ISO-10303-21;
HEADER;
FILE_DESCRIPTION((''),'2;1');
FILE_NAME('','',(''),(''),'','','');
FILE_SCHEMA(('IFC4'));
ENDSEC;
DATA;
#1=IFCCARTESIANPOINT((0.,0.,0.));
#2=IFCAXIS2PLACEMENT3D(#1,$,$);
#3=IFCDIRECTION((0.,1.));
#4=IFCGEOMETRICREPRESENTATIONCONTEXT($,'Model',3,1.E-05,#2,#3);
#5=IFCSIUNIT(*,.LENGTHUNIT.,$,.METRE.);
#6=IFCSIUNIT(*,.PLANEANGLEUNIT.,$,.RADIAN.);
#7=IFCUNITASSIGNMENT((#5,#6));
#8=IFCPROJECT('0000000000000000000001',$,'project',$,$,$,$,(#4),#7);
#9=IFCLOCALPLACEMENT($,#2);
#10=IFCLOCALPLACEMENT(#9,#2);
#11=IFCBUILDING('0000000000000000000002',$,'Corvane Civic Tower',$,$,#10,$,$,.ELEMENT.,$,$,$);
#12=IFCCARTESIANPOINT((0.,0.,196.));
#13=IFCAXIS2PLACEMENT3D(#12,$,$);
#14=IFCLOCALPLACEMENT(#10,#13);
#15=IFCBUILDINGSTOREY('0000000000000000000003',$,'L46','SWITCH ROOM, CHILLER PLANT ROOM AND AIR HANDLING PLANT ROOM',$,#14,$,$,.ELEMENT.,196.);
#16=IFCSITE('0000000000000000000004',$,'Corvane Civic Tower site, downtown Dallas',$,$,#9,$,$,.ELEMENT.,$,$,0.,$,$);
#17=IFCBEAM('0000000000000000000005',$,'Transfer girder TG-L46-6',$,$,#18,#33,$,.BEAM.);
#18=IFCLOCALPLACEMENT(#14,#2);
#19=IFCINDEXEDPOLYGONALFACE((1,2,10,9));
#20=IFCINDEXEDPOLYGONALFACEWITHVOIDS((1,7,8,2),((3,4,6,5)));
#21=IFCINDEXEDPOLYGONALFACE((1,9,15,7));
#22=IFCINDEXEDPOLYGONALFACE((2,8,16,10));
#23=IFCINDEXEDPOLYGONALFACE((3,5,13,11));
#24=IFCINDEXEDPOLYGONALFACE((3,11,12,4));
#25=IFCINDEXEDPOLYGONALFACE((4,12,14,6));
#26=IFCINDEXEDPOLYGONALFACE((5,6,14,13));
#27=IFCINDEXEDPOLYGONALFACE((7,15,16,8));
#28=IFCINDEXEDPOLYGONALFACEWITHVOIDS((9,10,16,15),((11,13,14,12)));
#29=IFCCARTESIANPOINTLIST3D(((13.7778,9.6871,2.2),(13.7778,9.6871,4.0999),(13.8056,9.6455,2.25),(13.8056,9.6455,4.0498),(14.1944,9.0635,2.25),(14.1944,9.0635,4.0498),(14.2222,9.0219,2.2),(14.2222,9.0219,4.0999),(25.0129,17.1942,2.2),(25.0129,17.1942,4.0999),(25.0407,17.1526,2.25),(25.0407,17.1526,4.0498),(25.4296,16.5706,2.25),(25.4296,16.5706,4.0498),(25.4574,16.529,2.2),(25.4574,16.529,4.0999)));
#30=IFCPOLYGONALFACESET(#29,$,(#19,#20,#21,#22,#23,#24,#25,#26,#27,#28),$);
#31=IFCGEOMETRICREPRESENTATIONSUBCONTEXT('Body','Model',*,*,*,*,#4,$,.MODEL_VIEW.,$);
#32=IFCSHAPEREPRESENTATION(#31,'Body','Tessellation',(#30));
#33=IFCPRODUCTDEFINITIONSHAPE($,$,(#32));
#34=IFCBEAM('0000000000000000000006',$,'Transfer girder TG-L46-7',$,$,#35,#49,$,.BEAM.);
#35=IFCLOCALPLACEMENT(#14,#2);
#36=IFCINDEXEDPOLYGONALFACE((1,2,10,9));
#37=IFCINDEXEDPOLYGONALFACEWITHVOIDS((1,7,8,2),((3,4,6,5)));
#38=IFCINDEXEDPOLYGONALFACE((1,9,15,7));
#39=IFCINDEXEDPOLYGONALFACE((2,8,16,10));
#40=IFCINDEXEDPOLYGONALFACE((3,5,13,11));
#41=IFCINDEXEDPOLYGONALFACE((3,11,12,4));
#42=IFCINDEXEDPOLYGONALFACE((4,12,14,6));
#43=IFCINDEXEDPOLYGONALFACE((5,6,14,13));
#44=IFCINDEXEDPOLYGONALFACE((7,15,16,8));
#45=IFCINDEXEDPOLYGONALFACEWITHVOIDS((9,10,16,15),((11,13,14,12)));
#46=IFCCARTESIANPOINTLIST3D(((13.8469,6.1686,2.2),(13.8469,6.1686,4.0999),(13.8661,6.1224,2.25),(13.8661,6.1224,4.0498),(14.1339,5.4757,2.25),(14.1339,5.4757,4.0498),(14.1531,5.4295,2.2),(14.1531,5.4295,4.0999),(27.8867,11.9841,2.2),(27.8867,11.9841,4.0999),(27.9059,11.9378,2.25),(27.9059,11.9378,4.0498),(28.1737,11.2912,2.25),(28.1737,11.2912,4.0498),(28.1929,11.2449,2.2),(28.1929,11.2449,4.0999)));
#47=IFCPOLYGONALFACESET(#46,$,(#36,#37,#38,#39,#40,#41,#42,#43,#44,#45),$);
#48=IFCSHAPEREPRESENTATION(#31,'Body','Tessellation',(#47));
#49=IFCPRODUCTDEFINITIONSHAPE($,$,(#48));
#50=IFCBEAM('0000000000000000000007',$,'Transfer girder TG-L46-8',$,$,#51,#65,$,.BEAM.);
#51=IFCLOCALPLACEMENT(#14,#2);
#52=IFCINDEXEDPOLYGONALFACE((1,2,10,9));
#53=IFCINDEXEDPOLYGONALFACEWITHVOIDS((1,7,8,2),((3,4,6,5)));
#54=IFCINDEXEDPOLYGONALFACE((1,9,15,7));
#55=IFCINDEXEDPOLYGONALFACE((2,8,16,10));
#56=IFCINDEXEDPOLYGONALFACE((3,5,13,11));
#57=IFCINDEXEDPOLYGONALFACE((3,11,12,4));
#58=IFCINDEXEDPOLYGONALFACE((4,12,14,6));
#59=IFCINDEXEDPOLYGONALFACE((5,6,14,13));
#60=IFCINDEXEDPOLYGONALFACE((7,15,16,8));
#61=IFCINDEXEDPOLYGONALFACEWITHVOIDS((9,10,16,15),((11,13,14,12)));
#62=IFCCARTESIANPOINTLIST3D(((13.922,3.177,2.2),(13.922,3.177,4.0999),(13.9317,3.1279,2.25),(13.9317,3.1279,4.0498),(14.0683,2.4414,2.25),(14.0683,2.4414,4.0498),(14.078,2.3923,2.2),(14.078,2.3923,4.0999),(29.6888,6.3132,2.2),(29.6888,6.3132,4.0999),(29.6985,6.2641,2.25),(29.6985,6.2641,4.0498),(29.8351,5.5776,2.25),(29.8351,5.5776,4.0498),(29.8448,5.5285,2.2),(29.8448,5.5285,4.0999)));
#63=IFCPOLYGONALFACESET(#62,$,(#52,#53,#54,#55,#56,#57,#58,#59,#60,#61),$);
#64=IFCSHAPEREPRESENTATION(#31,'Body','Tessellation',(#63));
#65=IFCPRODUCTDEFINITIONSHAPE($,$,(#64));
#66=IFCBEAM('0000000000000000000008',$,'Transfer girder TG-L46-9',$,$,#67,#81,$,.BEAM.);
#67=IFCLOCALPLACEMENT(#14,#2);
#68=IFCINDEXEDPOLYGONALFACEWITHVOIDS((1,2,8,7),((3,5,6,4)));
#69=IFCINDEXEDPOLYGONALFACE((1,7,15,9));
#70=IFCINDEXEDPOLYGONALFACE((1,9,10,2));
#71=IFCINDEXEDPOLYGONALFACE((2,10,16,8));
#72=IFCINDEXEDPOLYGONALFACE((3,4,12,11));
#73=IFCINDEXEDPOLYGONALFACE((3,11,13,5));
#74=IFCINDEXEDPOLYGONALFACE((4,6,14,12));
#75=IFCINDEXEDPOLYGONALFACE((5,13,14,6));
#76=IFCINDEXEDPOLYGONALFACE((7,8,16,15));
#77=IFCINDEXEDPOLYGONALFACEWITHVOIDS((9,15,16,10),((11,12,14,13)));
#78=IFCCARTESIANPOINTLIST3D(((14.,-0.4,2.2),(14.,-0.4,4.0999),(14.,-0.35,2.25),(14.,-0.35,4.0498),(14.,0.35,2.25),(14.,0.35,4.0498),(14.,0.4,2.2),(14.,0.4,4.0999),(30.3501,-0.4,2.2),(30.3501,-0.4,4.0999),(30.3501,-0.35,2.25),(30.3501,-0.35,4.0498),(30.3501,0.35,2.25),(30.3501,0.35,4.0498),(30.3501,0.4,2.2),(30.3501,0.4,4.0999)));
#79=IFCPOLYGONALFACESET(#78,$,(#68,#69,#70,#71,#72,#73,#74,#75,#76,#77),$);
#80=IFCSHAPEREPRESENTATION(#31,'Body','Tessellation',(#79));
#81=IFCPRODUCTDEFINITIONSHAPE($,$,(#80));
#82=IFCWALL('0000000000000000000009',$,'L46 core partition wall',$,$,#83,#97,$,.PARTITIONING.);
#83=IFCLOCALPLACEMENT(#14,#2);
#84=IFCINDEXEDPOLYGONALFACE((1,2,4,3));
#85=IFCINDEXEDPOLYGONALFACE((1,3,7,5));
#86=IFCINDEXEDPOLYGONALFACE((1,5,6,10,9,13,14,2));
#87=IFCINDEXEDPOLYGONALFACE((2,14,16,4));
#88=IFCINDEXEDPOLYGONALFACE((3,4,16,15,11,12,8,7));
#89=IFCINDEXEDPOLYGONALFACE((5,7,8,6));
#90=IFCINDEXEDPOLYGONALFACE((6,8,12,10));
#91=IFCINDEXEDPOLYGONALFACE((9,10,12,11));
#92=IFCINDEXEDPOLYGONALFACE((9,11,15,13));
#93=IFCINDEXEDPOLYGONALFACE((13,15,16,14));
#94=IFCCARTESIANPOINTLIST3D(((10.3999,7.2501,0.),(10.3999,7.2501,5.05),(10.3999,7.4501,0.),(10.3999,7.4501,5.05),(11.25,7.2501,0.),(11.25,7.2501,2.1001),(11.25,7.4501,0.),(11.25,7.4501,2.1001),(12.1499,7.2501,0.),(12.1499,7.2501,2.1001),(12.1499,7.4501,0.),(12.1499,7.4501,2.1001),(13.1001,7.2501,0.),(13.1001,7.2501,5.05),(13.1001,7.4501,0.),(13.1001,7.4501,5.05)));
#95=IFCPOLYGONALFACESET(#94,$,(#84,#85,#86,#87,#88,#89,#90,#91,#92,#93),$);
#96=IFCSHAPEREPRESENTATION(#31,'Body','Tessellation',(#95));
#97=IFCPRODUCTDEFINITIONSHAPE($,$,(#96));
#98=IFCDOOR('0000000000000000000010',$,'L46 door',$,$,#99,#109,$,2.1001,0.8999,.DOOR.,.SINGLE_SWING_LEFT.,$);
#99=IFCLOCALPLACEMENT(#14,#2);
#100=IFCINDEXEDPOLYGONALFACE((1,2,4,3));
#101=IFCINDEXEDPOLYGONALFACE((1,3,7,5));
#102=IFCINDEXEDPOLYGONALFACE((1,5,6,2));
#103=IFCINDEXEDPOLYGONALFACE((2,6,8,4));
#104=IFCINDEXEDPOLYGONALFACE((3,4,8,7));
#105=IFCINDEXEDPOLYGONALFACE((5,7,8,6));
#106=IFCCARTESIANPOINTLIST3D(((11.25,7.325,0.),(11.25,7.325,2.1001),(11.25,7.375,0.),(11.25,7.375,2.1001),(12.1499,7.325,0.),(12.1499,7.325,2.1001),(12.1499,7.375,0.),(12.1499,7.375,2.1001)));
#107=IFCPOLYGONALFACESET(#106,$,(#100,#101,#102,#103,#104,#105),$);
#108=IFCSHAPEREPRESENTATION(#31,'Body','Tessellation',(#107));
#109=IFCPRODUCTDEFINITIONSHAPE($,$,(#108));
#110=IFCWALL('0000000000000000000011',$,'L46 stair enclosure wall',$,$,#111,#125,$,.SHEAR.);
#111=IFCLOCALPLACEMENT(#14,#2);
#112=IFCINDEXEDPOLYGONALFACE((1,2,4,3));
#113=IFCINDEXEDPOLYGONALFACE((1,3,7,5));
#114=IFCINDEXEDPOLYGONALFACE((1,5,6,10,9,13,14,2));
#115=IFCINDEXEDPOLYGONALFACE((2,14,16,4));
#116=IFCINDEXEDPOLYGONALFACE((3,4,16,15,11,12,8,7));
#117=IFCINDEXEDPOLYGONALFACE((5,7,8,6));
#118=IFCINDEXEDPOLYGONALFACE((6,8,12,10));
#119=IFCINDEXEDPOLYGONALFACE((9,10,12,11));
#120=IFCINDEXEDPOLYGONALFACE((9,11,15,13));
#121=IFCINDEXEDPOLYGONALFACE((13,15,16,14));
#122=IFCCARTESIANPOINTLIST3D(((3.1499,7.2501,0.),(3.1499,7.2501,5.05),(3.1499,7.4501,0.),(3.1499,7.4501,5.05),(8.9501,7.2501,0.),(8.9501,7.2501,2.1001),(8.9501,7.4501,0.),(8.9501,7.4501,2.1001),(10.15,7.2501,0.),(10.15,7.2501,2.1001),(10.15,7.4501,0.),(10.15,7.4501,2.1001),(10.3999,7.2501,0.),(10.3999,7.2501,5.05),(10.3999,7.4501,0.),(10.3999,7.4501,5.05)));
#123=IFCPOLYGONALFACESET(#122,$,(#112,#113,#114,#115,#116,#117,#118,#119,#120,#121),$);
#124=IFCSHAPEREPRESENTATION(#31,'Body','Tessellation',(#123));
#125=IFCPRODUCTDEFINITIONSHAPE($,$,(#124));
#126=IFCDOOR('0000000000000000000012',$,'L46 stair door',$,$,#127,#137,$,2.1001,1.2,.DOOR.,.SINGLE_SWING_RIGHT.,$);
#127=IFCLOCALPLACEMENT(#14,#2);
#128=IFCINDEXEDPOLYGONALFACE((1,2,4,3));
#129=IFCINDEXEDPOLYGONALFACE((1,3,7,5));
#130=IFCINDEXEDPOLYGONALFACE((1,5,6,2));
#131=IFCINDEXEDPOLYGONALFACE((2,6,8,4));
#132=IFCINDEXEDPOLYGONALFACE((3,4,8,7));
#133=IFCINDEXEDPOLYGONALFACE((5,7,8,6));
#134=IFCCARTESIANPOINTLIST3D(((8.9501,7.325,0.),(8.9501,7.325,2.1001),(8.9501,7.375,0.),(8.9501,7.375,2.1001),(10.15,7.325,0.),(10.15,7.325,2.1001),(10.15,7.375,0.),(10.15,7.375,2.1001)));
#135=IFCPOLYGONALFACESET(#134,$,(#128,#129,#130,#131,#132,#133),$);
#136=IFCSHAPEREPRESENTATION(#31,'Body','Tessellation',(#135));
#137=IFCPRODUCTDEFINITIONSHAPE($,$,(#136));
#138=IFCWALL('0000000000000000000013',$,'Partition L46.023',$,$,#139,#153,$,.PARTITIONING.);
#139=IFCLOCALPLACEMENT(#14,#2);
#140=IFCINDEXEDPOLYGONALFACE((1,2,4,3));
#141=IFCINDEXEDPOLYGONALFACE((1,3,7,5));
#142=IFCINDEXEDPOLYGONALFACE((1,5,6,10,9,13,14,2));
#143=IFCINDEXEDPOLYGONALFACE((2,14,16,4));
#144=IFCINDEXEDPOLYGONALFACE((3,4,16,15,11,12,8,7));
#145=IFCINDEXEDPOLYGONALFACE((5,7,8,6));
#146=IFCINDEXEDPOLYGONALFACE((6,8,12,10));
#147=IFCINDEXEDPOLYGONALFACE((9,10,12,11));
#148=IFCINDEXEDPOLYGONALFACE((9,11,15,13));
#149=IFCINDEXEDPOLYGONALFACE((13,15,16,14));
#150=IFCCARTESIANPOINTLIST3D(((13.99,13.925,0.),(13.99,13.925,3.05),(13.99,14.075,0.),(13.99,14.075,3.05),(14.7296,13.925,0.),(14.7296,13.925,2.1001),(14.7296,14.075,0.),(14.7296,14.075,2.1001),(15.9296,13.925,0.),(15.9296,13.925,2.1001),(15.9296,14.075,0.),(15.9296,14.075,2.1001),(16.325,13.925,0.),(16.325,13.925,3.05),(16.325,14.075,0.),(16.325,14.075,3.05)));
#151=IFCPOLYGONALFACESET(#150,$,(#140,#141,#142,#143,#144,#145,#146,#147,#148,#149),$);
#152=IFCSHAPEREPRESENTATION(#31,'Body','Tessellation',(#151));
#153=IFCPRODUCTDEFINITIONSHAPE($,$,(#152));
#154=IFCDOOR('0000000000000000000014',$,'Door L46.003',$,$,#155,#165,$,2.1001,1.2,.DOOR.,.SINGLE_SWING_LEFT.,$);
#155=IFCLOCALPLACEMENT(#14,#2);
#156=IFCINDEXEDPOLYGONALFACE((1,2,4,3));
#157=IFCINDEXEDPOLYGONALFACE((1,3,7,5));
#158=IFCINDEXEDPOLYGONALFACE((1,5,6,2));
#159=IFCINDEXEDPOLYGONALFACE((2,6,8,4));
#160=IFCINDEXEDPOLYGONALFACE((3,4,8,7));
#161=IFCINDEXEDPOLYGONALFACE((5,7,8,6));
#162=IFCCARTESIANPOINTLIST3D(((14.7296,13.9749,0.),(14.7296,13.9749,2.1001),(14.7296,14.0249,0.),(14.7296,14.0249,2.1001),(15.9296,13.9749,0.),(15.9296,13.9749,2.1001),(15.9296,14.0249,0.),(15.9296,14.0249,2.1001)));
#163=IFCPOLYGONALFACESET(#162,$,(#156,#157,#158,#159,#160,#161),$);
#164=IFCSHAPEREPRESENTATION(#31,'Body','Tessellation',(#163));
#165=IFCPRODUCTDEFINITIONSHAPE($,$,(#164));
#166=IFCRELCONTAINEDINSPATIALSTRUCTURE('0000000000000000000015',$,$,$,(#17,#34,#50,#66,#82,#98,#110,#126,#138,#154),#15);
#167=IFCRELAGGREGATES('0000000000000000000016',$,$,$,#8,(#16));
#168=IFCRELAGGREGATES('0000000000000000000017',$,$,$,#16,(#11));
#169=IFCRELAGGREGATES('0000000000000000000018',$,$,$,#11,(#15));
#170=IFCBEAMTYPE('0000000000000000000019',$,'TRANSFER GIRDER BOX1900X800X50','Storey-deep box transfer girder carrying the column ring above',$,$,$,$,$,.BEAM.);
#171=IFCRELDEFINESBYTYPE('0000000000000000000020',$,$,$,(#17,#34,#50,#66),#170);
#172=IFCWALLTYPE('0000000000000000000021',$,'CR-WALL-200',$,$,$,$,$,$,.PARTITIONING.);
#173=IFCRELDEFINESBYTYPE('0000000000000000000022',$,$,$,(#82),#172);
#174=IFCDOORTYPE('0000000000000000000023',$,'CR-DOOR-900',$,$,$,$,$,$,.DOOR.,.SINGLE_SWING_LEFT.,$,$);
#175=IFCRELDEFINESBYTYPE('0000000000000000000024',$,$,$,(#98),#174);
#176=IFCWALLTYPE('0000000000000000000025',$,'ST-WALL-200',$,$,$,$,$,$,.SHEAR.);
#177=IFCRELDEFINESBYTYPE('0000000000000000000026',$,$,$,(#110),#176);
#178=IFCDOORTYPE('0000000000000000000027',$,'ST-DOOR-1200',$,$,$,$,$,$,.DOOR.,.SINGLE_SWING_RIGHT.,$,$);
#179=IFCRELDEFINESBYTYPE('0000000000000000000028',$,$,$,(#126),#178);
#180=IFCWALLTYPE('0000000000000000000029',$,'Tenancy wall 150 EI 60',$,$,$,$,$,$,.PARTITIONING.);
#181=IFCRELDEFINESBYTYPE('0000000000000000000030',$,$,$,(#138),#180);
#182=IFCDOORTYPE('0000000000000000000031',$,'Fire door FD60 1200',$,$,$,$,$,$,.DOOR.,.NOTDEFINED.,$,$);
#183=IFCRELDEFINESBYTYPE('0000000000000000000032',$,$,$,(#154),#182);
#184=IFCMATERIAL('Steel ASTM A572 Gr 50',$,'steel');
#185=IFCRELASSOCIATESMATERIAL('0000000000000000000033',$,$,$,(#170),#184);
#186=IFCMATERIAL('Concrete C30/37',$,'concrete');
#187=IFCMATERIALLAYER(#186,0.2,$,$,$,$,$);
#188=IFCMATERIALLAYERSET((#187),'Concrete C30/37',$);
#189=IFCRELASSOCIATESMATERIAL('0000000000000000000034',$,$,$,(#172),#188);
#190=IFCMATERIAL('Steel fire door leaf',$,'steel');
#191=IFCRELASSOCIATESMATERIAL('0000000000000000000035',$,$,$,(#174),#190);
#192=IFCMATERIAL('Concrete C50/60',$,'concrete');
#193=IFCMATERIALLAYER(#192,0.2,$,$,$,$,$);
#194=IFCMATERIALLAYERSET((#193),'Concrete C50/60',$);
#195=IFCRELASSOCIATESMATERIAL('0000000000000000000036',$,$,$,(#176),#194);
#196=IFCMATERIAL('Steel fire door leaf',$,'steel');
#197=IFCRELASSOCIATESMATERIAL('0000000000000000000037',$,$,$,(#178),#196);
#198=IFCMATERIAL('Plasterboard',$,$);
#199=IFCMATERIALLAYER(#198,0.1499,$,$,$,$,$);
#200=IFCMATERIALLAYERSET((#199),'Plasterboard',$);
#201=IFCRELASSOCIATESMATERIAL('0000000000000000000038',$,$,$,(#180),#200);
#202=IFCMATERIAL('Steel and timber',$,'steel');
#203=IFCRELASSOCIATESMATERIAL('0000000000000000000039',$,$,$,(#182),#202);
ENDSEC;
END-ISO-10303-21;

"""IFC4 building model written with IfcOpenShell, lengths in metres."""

from ifc_helpers import new_model, si_unit, direction, frame, frame_2d, origin, origin_2d, place, context, subcontext, project, spatial, rectangle, hollow_rectangle, extrude, material, layer, layer_set, material_profile, profile_set, type_object, element, fill, save


model = new_model("IFC4")

# Units and contexts
model_context = context("Model", 3, precision=1e-05, world=origin(), true_north=direction((0.0, 1.0)))
body_context = subcontext(model_context, "Body", "Model", "MODEL_VIEW")
ifc_project = project(units=[si_unit("LENGTHUNIT", "METRE"), si_unit("PLANEANGLEUNIT", "RADIAN")], contexts=[model_context])

# Site, building, storey
site_placement = place(None, origin())
site = spatial("IfcSite", under=ifc_project, at=site_placement, Name="Corvane Civic Tower site, downtown Dallas", CompositionType="ELEMENT", RefElevation=0.0)
building_placement = place(site_placement, origin())
building = spatial("IfcBuilding", under=site, at=building_placement, Name="Corvane Civic Tower", CompositionType="ELEMENT")
storey_placement = place(building_placement, frame((0.0, 0.0, 196.0)))
storey = spatial("IfcBuildingStorey", under=building, at=storey_placement, Name="L46", Description="SWITCH ROOM, CHILLER PLANT ROOM AND AIR HANDLING PLANT ROOM", CompositionType="ELEMENT", Elevation=196.0)

# Beams
ifc_material_1 = material(Name="Steel ASTM A572 Gr 50", Category="steel")
ifc_material_profile_1 = material_profile(ifc_material_1, hollow_rectangle(XDim=0.8, YDim=1.8999, WallThickness=0.05, at=origin_2d()), Name="BOX1900X800X50")
ifc_profile_set_1 = profile_set([ifc_material_profile_1], Name="Steel ASTM A572 Gr 50")
beam_type_1 = type_object("IfcBeamType", Name="TRANSFER GIRDER BOX1900X800X50", Description="Storey-deep box transfer girder carrying the column ring above", PredefinedType="BEAM", material=ifc_profile_set_1)
for number, where, z_axis, x_axis, name in (
    (1, (14.0, 9.3545, 3.1499), (0.831469, 0.555571, 0.0), (-0.555571, 0.831469, 0.0), "Transfer girder TG-L46-6"),
):
    element("IfcBeam", number, at=place(storey_placement, frame(where, z_axis=z_axis, x_axis=x_axis)), inside=storey, type_object=beam_type_1, Name=name, PredefinedType="BEAM", context=body_context, shape_type="SweptSolid", body=[
        extrude(hollow_rectangle(XDim=0.8, YDim=1.8999, WallThickness=0.05, at=origin_2d()), origin(), (0.0, 0.0, 1.0), 13.5125),
    ])
beam_1_placement = place(storey_placement, frame((14.0, 5.7991, 3.1499), z_axis=(0.923881, 0.382681, 0.0), x_axis=(-0.382681, 0.923881, 0.0)))
element("IfcBeam", 2, at=beam_1_placement, inside=storey, type_object=beam_type_1, Name="Transfer girder TG-L46-7", PredefinedType="BEAM", context=body_context, shape_type="SweptSolid", body=[
    extrude(hollow_rectangle(XDim=0.8, YDim=1.8999, WallThickness=0.05, at=origin_2d()), origin(), (0.0, 0.0, 1.0), 15.1965),
])
beam_2_placement = place(storey_placement, frame((14.0, 2.7847, 3.1499), z_axis=(0.980785, 0.195091, 0.0), x_axis=(-0.195091, 0.980785, 0.0)))
element("IfcBeam", 3, at=beam_2_placement, inside=storey, type_object=beam_type_1, Name="Transfer girder TG-L46-8", PredefinedType="BEAM", context=body_context, shape_type="SweptSolid", body=[
    extrude(hollow_rectangle(XDim=0.8, YDim=1.8999, WallThickness=0.05, at=origin_2d()), origin(), (0.0, 0.0, 1.0), 16.0757),
])
beam_3_placement = place(storey_placement, frame((14.0, 0.0, 3.1499), z_axis=(1.0, 0.0, 0.0), x_axis=(0.0, 1.0, 0.0)))
element("IfcBeam", 4, at=beam_3_placement, inside=storey, type_object=beam_type_1, Name="Transfer girder TG-L46-9", PredefinedType="BEAM", context=body_context, shape_type="SweptSolid", body=[
    extrude(hollow_rectangle(XDim=0.8, YDim=1.8999, WallThickness=0.05, at=origin_2d()), origin(), (0.0, 0.0, 1.0), 16.3501),
])

# Walls, openings, doors
ifc_material_2 = material(Name="Concrete C30/37", Category="concrete")
ifc_layer_1 = layer(ifc_material_2, 0.2)
ifc_layer_set_1 = layer_set([ifc_layer_1], Name="Concrete C30/37")
wall_type_1 = type_object("IfcWallType", Name="CR-WALL-200", PredefinedType="PARTITIONING", material=ifc_layer_set_1)
wall_1_placement = place(storey_placement, frame((10.3999, 7.3501, 0.0), z_axis=(0.0, 0.0, 1.0), x_axis=(1.0, 0.0, 0.0)))
wall_1 = element("IfcWall", 5, at=wall_1_placement, inside=storey, type_object=wall_type_1, Name="L46 core partition wall", PredefinedType="PARTITIONING", context=body_context, shape_type="SweptSolid", body=[
    extrude(rectangle(XDim=2.7002, YDim=0.2, at=frame_2d((1.3501, 0.0))), origin(), (0.0, 0.0, 1.0), 5.05),
])
opening_1_placement = place(wall_1_placement, frame((0.8501, 0.0, 0.0)))
opening_1 = element("IfcOpeningElement", 6, at=opening_1_placement, cuts=wall_1, PredefinedType="OPENING", context=body_context, shape_type="SweptSolid", body=[
    extrude(rectangle(XDim=0.8999, YDim=2.1001, at=frame_2d((0.45, 1.05))), frame((0.0, 0.1099, 0.0), z_axis=(0.0, -1.0, 0.0), x_axis=(1.0, 0.0, 0.0)), (0.0, 0.0, 1.0), 0.22),
])
ifc_material_3 = material(Name="Steel fire door leaf", Category="steel")
door_type_1 = type_object("IfcDoorType", Name="CR-DOOR-900", OperationType="SINGLE_SWING_LEFT", PredefinedType="DOOR", material=ifc_material_3)
door_1_placement = place(opening_1_placement, origin())
door_1 = element("IfcDoor", 7, at=door_1_placement, inside=storey, type_object=door_type_1, Name="L46 door", OperationType="SINGLE_SWING_LEFT", OverallHeight=2.1001, OverallWidth=0.8999, PredefinedType="DOOR", context=body_context, shape_type="SweptSolid", body=[
    extrude(rectangle(XDim=0.8999, YDim=2.1001, at=frame_2d((0.45, 1.05))), frame((0.0, 0.0249, 0.0), z_axis=(0.0, -1.0, 0.0), x_axis=(1.0, 0.0, 0.0)), (0.0, 0.0, 1.0), 0.05),
])
fill(opening_1, door_1)
ifc_material_4 = material(Name="Concrete C50/60", Category="concrete")
ifc_layer_2 = layer(ifc_material_4, 0.2)
ifc_layer_set_2 = layer_set([ifc_layer_2], Name="Concrete C50/60")
wall_type_2 = type_object("IfcWallType", Name="ST-WALL-200", PredefinedType="SHEAR", material=ifc_layer_set_2)
wall_2_placement = place(storey_placement, frame((3.1499, 7.3501, 0.0), z_axis=(0.0, 0.0, 1.0), x_axis=(1.0, 0.0, 0.0)))
wall_2 = element("IfcWall", 8, at=wall_2_placement, inside=storey, type_object=wall_type_2, Name="L46 stair enclosure wall", PredefinedType="SHEAR", context=body_context, shape_type="SweptSolid", body=[
    extrude(rectangle(XDim=7.25, YDim=0.2, at=frame_2d((3.625, 0.0))), origin(), (0.0, 0.0, 1.0), 5.05),
])
opening_2_placement = place(wall_2_placement, frame((5.8, 0.0, 0.0)))
opening_2 = element("IfcOpeningElement", 9, at=opening_2_placement, cuts=wall_2, PredefinedType="OPENING", context=body_context, shape_type="SweptSolid", body=[
    extrude(rectangle(XDim=1.2, YDim=2.1001, at=frame_2d((0.6001, 1.05))), frame((0.0, 0.1099, 0.0), z_axis=(0.0, -1.0, 0.0), x_axis=(1.0, 0.0, 0.0)), (0.0, 0.0, 1.0), 0.22),
])
ifc_material_5 = material(Name="Steel fire door leaf", Category="steel")
door_type_2 = type_object("IfcDoorType", Name="ST-DOOR-1200", OperationType="SINGLE_SWING_RIGHT", PredefinedType="DOOR", material=ifc_material_5)
door_2_placement = place(opening_2_placement, origin())
door_2 = element("IfcDoor", 10, at=door_2_placement, inside=storey, type_object=door_type_2, Name="L46 stair door", OperationType="SINGLE_SWING_RIGHT", OverallHeight=2.1001, OverallWidth=1.2, PredefinedType="DOOR", context=body_context, shape_type="SweptSolid", body=[
    extrude(rectangle(XDim=1.2, YDim=2.1001, at=frame_2d((0.6001, 1.05))), frame((0.0, 0.0249, 0.0), z_axis=(0.0, -1.0, 0.0), x_axis=(1.0, 0.0, 0.0)), (0.0, 0.0, 1.0), 0.05),
])
fill(opening_2, door_2)
ifc_material_6 = material(Name="Plasterboard")
ifc_layer_3 = layer(ifc_material_6, 0.1499)
ifc_layer_set_3 = layer_set([ifc_layer_3], Name="Plasterboard")
wall_type_3 = type_object("IfcWallType", Name="Tenancy wall 150 EI 60", PredefinedType="PARTITIONING", material=ifc_layer_set_3)
wall_3_placement = place(storey_placement, frame((13.99, 14.0, 0.0), z_axis=(0.0, 0.0, 1.0), x_axis=(1.0, 0.0, 0.0)))
wall_3 = element("IfcWall", 11, at=wall_3_placement, inside=storey, type_object=wall_type_3, Name="Partition L46.023", PredefinedType="PARTITIONING", context=body_context, shape_type="SweptSolid", body=[
    extrude(rectangle(XDim=2.335, YDim=0.1499, at=frame_2d((1.1675, 0.0))), origin(), (0.0, 0.0, 1.0), 3.05),
])
opening_3_placement = place(wall_3_placement, frame((0.7395, 0.0, 0.0)))
opening_3 = element("IfcOpeningElement", 12, at=opening_3_placement, cuts=wall_3, PredefinedType="OPENING", context=body_context, shape_type="SweptSolid", body=[
    extrude(rectangle(XDim=1.2, YDim=2.1001, at=frame_2d((0.6001, 1.05))), frame((0.0, 0.085, 0.0), z_axis=(0.0, -1.0, 0.0), x_axis=(1.0, 0.0, 0.0)), (0.0, 0.0, 1.0), 0.1699),
])
ifc_material_7 = material(Name="Steel and timber", Category="steel")
door_type_3 = type_object("IfcDoorType", Name="Fire door FD60 1200", OperationType="NOTDEFINED", PredefinedType="DOOR", material=ifc_material_7)
door_3_placement = place(opening_3_placement, origin())
door_3 = element("IfcDoor", 13, at=door_3_placement, inside=storey, type_object=door_type_3, Name="Door L46.003", OperationType="SINGLE_SWING_LEFT", OverallHeight=2.1001, OverallWidth=1.2, PredefinedType="DOOR", context=body_context, shape_type="SweptSolid", body=[
    extrude(rectangle(XDim=1.2, YDim=2.1001, at=frame_2d((0.6001, 1.05))), frame((0.0, 0.0249, 0.0), z_axis=(0.0, -1.0, 0.0), x_axis=(1.0, 0.0, 0.0)), (0.0, 0.0, 1.0), 0.05),
])
fill(opening_3, door_3)

save(model, "model.ifc")
